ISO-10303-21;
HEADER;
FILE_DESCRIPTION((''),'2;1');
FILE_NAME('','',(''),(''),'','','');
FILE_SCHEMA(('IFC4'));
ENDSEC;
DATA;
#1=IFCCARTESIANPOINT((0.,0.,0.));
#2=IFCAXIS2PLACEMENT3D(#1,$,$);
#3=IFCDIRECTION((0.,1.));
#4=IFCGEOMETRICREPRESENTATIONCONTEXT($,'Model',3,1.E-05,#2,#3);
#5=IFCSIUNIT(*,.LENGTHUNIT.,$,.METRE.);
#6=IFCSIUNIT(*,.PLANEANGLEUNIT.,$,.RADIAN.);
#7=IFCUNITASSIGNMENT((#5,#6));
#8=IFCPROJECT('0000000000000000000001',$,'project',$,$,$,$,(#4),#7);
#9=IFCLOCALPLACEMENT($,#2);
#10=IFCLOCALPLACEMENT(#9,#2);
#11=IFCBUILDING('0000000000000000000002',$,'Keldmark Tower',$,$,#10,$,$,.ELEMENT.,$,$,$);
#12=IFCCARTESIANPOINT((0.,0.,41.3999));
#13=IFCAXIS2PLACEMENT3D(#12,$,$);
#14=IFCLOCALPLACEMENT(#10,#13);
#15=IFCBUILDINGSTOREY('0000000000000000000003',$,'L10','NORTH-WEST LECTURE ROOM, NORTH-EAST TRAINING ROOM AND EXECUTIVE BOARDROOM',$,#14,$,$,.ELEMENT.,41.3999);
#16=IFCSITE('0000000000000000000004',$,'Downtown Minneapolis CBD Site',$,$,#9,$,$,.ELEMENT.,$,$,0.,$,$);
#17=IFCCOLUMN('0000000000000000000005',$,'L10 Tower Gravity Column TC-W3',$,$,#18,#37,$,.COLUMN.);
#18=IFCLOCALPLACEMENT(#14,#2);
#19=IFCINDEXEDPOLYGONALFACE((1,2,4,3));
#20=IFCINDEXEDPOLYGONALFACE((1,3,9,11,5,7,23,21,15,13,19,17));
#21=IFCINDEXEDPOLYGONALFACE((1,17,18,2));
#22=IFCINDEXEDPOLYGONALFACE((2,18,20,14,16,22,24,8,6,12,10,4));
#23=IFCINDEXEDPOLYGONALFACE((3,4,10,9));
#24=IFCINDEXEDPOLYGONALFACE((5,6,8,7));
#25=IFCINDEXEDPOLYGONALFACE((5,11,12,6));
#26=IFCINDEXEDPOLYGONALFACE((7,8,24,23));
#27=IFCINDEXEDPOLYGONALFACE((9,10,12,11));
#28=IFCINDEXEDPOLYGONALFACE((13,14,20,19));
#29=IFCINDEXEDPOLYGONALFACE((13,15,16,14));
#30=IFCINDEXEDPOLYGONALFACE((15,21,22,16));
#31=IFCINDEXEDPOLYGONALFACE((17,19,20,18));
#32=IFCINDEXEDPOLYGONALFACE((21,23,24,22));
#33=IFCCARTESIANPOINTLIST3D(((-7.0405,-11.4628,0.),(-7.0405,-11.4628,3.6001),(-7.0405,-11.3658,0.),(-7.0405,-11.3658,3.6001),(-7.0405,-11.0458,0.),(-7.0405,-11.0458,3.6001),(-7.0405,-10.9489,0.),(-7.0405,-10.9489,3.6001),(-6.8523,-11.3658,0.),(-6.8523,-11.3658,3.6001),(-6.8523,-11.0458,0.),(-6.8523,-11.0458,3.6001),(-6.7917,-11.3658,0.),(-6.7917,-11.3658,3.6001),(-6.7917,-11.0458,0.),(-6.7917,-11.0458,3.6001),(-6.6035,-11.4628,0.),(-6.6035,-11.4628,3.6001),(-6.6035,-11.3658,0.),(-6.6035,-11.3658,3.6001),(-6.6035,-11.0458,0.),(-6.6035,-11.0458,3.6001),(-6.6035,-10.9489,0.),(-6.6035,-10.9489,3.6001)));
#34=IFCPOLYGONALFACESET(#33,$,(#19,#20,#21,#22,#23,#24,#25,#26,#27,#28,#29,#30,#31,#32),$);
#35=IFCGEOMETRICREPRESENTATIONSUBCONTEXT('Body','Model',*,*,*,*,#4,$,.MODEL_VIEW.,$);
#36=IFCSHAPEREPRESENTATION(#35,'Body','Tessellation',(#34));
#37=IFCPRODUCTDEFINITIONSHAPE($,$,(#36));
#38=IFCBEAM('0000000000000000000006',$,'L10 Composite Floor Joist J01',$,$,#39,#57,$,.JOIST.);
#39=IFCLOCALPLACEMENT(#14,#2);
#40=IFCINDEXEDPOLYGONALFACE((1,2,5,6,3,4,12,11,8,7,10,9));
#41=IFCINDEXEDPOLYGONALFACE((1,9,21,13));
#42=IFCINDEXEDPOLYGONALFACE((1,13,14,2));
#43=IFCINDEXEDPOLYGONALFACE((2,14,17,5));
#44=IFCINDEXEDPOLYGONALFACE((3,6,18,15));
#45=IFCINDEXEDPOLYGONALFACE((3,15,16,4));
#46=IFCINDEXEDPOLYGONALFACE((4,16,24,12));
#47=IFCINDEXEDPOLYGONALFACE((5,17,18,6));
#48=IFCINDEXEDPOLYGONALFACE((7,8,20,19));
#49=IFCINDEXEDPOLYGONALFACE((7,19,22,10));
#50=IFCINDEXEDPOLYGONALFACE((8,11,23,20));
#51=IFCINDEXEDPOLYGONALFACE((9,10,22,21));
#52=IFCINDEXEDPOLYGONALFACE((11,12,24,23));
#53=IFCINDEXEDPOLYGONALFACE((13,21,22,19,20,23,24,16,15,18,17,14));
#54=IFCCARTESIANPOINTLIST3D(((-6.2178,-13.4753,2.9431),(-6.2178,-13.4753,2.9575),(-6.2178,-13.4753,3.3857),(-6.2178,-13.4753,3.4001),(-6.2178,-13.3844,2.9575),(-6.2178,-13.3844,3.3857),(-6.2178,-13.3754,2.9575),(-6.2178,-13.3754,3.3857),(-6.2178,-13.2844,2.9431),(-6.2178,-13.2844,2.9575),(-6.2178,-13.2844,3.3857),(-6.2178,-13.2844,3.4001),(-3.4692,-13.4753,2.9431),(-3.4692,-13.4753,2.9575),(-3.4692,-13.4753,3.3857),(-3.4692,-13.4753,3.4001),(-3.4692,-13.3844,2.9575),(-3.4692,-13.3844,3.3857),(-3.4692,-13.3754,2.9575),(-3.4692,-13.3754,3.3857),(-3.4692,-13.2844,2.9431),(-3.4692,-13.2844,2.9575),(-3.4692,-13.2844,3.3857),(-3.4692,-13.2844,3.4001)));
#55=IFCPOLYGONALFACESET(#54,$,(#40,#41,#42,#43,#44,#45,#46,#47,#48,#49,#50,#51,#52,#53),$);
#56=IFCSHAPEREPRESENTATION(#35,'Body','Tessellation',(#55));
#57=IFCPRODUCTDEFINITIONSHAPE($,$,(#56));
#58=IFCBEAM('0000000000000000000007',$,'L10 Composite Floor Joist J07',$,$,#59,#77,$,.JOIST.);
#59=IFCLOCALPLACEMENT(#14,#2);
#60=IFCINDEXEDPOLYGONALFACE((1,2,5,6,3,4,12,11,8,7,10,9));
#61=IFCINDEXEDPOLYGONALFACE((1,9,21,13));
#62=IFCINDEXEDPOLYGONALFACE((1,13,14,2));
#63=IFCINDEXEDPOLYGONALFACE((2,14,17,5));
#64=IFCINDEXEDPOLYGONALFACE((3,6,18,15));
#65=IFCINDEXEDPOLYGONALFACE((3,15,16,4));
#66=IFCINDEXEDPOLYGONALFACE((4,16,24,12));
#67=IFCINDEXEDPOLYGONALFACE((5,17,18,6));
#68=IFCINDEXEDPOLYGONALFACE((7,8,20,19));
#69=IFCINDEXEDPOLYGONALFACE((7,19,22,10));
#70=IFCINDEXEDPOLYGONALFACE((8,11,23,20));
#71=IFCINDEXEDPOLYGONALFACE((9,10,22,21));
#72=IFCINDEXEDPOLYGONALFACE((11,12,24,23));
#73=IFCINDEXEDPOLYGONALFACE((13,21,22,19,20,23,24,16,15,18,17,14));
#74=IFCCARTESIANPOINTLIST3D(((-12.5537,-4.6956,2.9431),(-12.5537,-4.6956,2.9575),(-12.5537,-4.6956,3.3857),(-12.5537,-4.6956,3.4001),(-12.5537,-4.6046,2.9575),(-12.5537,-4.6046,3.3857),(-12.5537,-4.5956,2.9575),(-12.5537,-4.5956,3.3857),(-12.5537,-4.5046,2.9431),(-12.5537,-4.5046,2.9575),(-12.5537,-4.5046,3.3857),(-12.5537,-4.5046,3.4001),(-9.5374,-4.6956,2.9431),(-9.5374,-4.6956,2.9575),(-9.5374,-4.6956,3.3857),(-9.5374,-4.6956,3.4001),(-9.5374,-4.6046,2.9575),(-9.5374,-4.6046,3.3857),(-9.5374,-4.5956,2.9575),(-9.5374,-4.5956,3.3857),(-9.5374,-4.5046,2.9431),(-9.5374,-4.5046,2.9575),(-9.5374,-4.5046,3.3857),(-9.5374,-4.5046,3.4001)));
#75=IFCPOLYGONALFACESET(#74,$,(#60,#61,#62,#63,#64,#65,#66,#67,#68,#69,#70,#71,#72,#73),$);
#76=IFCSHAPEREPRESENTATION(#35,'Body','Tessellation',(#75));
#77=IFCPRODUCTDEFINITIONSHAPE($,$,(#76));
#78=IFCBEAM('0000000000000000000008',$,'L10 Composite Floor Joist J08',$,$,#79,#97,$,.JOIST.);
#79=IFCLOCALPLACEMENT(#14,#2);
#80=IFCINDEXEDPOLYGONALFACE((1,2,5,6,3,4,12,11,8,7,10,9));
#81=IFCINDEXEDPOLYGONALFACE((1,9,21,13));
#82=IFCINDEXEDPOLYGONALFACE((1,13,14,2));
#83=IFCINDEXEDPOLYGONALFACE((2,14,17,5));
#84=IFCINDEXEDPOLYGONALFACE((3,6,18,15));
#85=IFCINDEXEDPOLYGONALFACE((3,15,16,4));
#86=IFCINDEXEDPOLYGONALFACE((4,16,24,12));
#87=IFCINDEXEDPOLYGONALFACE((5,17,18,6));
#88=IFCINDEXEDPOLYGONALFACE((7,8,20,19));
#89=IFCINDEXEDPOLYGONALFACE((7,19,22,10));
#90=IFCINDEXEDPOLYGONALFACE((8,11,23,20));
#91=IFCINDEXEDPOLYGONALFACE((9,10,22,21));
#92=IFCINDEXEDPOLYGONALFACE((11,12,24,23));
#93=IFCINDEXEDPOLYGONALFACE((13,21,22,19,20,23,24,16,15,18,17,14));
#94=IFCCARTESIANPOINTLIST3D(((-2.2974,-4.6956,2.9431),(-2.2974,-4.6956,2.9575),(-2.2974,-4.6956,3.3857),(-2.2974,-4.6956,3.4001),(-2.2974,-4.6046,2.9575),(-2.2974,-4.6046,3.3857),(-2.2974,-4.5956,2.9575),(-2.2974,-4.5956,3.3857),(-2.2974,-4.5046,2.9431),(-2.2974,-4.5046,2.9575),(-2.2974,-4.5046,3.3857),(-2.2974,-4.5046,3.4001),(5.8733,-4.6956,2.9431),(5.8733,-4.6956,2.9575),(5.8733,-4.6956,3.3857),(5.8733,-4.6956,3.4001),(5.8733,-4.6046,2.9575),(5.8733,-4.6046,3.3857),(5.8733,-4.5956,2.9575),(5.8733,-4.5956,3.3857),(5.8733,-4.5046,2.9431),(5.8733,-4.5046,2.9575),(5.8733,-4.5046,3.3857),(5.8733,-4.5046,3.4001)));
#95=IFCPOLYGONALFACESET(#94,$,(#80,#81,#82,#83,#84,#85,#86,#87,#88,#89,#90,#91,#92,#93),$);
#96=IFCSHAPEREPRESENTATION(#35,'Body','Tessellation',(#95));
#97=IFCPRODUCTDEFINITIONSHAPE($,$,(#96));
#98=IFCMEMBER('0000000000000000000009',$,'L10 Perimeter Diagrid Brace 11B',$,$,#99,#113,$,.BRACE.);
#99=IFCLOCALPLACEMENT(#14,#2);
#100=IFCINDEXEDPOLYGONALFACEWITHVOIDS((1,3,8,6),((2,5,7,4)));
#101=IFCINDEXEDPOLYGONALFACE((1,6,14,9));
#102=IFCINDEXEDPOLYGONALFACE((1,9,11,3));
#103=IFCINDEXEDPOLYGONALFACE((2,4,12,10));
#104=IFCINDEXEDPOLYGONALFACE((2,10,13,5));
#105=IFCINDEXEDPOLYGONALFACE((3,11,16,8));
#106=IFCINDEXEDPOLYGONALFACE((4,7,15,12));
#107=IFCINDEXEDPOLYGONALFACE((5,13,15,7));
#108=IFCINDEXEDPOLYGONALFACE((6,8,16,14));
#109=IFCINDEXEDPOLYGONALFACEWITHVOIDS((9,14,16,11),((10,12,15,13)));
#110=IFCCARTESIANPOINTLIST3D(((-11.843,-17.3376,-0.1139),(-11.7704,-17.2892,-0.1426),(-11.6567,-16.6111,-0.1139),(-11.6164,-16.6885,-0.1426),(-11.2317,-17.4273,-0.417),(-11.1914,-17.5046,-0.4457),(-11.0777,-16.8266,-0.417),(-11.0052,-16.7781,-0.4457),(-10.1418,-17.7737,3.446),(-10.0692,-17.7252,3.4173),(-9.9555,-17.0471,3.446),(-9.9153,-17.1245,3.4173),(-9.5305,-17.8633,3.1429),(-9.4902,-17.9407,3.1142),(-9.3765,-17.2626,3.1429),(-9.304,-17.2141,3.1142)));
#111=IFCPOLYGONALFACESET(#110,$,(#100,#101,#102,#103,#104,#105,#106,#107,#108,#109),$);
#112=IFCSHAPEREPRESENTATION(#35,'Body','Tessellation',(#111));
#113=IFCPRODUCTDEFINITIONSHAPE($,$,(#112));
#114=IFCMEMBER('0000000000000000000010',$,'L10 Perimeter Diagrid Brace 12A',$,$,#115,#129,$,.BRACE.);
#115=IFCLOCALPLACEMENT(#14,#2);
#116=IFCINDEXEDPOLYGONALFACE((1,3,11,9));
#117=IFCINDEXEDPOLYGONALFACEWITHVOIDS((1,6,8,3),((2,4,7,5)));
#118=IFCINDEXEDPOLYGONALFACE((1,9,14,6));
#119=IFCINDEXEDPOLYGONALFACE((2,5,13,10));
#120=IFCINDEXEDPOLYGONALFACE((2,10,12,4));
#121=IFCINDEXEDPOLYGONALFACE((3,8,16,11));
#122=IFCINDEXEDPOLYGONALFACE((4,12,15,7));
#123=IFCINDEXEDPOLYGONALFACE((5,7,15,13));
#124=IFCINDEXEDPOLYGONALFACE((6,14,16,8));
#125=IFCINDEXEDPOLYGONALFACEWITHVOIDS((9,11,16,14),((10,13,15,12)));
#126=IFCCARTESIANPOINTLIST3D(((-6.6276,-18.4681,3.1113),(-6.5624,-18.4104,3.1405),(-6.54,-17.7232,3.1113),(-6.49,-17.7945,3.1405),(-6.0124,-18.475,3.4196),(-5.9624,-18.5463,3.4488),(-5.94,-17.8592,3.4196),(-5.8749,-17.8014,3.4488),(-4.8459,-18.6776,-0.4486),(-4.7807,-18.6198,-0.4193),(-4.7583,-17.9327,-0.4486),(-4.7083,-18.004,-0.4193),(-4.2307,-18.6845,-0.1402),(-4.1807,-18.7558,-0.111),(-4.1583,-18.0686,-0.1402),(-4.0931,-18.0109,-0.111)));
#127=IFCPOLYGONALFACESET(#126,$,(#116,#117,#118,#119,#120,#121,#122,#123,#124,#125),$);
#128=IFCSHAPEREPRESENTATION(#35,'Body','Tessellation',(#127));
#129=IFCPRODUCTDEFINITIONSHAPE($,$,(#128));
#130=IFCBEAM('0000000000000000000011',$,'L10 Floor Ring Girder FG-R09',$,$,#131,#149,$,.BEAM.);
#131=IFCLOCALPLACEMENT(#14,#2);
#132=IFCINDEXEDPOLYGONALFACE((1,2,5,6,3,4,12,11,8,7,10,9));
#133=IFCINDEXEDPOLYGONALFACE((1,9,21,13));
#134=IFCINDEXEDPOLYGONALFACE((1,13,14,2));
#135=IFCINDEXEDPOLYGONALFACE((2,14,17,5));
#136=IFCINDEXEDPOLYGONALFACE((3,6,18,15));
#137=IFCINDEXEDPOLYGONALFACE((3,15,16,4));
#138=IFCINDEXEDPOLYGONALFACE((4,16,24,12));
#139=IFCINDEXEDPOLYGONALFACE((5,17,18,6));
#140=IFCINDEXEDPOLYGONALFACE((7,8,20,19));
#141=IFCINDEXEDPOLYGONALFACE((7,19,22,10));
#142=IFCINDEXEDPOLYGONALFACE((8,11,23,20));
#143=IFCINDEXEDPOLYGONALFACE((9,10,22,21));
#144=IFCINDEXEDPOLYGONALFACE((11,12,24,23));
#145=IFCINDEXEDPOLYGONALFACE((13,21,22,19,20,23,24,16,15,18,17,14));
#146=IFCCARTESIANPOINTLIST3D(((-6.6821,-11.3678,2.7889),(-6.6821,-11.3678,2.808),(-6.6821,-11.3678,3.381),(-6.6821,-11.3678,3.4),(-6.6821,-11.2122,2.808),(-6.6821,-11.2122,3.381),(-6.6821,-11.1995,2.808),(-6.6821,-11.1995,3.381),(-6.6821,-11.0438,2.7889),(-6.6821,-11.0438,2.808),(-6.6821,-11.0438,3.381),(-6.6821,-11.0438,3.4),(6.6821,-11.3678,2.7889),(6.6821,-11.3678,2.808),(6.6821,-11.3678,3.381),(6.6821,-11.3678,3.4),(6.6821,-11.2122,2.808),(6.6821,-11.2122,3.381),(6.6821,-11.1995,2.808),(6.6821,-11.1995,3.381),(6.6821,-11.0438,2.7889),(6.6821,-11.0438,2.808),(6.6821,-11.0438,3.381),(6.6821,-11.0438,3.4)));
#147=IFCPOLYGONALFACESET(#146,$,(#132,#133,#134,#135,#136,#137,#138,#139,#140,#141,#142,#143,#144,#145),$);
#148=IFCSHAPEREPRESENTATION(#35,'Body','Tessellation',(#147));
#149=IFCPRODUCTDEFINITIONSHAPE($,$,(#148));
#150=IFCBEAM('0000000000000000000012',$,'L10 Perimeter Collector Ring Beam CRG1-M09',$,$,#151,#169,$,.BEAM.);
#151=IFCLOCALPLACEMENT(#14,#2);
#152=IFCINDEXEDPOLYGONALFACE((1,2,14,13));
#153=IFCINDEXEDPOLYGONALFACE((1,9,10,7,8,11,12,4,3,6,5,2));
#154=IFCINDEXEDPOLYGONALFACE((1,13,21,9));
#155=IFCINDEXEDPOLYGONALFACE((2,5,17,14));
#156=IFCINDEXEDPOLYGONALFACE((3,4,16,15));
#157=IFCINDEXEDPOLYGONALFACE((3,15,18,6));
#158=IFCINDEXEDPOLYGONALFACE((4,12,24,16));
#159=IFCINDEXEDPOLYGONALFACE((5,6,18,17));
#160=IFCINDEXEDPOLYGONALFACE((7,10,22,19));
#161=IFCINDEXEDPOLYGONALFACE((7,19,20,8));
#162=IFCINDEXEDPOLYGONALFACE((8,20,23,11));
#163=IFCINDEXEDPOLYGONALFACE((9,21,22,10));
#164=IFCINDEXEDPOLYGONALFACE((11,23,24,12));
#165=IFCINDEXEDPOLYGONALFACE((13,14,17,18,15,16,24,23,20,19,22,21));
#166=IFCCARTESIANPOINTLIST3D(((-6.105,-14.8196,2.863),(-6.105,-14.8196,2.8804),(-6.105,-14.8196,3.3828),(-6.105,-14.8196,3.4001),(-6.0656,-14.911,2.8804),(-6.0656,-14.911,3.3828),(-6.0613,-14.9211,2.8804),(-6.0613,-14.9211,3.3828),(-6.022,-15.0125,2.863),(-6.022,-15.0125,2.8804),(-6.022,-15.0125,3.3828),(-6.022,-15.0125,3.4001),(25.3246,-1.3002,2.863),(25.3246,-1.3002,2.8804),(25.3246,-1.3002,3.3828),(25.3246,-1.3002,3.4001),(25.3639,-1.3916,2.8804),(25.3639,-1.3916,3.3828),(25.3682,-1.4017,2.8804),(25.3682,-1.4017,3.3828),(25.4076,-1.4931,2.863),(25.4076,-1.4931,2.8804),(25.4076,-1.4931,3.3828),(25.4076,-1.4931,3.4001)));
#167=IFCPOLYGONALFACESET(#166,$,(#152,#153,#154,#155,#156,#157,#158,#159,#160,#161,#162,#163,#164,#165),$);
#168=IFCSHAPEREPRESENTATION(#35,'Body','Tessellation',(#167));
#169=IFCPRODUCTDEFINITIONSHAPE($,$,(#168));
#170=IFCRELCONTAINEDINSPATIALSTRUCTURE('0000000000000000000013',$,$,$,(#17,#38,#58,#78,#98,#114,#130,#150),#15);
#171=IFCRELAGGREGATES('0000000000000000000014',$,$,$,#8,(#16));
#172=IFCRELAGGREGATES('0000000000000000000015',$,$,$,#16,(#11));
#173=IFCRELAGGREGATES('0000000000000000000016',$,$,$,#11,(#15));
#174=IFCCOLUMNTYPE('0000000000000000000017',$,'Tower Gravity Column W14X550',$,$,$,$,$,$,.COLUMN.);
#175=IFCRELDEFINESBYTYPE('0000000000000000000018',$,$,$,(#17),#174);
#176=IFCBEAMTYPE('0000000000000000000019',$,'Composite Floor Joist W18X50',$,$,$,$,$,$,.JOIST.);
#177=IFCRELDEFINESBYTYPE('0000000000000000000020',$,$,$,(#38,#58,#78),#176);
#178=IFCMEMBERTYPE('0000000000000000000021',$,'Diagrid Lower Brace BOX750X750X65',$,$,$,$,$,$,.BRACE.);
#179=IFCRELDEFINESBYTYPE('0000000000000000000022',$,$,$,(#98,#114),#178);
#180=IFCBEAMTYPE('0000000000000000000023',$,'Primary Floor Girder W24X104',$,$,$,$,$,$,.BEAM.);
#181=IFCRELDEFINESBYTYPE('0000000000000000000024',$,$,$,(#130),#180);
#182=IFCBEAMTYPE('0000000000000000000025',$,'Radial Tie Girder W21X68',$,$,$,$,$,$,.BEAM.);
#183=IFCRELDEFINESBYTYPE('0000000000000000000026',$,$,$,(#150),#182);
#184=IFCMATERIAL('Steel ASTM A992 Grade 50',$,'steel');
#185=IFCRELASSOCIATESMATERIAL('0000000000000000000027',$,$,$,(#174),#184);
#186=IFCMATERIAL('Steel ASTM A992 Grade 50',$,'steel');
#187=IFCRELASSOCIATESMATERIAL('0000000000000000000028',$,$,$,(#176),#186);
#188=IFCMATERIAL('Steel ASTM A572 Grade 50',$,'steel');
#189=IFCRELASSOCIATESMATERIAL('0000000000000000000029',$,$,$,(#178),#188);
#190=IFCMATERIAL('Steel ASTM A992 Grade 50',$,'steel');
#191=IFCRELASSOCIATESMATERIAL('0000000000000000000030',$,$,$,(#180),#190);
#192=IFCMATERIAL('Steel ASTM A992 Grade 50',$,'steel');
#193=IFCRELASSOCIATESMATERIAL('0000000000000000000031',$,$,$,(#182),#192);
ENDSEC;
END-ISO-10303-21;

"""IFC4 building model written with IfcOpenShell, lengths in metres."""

from ifc_helpers import new_model, si_unit, direction, frame, origin, origin_2d, place, context, subcontext, project, spatial, hollow_rectangle, i_section, extrude, material, material_profile, profile_set, type_object, element, save


model = new_model("IFC4")

# Units and contexts
model_context = context("Model", 3, precision=1e-05, world=origin(), true_north=direction((0.0, 1.0)))
body_context = subcontext(model_context, "Body", "Model", "MODEL_VIEW")
ifc_project = project(units=[si_unit("LENGTHUNIT", "METRE"), si_unit("PLANEANGLEUNIT", "RADIAN")], contexts=[model_context])

# Site, building, storey
site_placement = place(None, origin())
site = spatial("IfcSite", under=ifc_project, at=site_placement, Name="Downtown Minneapolis CBD Site", CompositionType="ELEMENT", RefElevation=0.0)
building_placement = place(site_placement, origin())
building = spatial("IfcBuilding", under=site, at=building_placement, Name="Keldmark Tower", CompositionType="ELEMENT")
storey_placement = place(building_placement, frame((0.0, 0.0, 41.3999)))
storey = spatial("IfcBuildingStorey", under=building, at=storey_placement, Name="L10", Description="NORTH-WEST LECTURE ROOM, NORTH-EAST TRAINING ROOM AND EXECUTIVE BOARDROOM", CompositionType="ELEMENT", Elevation=41.3999)

# Column
ifc_material_1 = material(Name="Steel ASTM A992 Grade 50", Category="steel")
ifc_material_profile_1 = material_profile(ifc_material_1, i_section(OverallWidth=0.437, OverallDepth=0.5139, WebThickness=0.0605, FlangeThickness=0.0969, at=origin_2d()), Name="W14X550")
ifc_profile_set_1 = profile_set([ifc_material_profile_1], Name="Steel ASTM A992 Grade 50")
column_type = type_object("IfcColumnType", Name="Tower Gravity Column W14X550", PredefinedType="COLUMN", material=ifc_profile_set_1)
column_placement = place(storey_placement, frame((-6.822, -11.2058, 0.0), z_axis=(0.0, 0.0, 1.0), x_axis=(1.0, 0.0, 0.0)))
element("IfcColumn", 1, at=column_placement, inside=storey, type_object=column_type, Name="L10 Tower Gravity Column TC-W3", PredefinedType="COLUMN", context=body_context, shape_type="SweptSolid", body=[
    extrude(i_section(OverallWidth=0.437, OverallDepth=0.5139, WebThickness=0.0605, FlangeThickness=0.0969, at=origin_2d()), origin(), (0.0, 0.0, 1.0), 3.6001),
])

# Beams
ifc_material_2 = material(Name="Steel ASTM A992 Grade 50", Category="steel")
ifc_material_profile_2 = material_profile(ifc_material_2, i_section(OverallWidth=0.1909, OverallDepth=0.457, WebThickness=0.009, FlangeThickness=0.0144, at=origin_2d()), Name="W18X50")
ifc_profile_set_2 = profile_set([ifc_material_profile_2], Name="Steel ASTM A992 Grade 50")
beam_type_1 = type_object("IfcBeamType", Name="Composite Floor Joist W18X50", PredefinedType="JOIST", material=ifc_profile_set_2)
beam_1_placement = place(storey_placement, frame((-6.2178, -13.3799, 3.1716), z_axis=(1.0, 0.0, 0.0), x_axis=(0.0, 1.0, 0.0)))
element("IfcBeam", 2, at=beam_1_placement, inside=storey, type_object=beam_type_1, Name="L10 Composite Floor Joist J01", PredefinedType="JOIST", context=body_context, shape_type="SweptSolid", body=[
    extrude(i_section(OverallWidth=0.1909, OverallDepth=0.457, WebThickness=0.009, FlangeThickness=0.0144, at=origin_2d()), origin(), (0.0, 0.0, 1.0), 2.7485),
])
beam_2_placement = place(storey_placement, frame((-12.5537, -4.6001, 3.1716), z_axis=(1.0, 0.0, 0.0), x_axis=(0.0, 1.0, 0.0)))
element("IfcBeam", 3, at=beam_2_placement, inside=storey, type_object=beam_type_1, Name="L10 Composite Floor Joist J07", PredefinedType="JOIST", context=body_context, shape_type="SweptSolid", body=[
    extrude(i_section(OverallWidth=0.1909, OverallDepth=0.457, WebThickness=0.009, FlangeThickness=0.0144, at=origin_2d()), origin(), (0.0, 0.0, 1.0), 3.0164),
])
beam_3_placement = place(storey_placement, frame((-2.2974, -4.6001, 3.1716), z_axis=(1.0, 0.0, 0.0), x_axis=(0.0, 1.0, 0.0)))
element("IfcBeam", 4, at=beam_3_placement, inside=storey, type_object=beam_type_1, Name="L10 Composite Floor Joist J08", PredefinedType="JOIST", context=body_context, shape_type="SweptSolid", body=[
    extrude(i_section(OverallWidth=0.1909, OverallDepth=0.457, WebThickness=0.009, FlangeThickness=0.0144, at=origin_2d()), origin(), (0.0, 0.0, 1.0), 8.1707),
])

# Members
ifc_material_3 = material(Name="Steel ASTM A572 Grade 50", Category="steel")
ifc_material_profile_3 = material_profile(ifc_material_3, hollow_rectangle(XDim=0.75, YDim=0.75, WallThickness=0.0649, at=origin_2d()), Name="BOX750X750X65")
ifc_profile_set_3 = profile_set([ifc_material_profile_3], Name="Steel ASTM A572 Grade 50")
member_type = type_object("IfcMemberType", Name="Diagrid Lower Brace BOX750X750X65", PredefinedType="BRACE", material=ifc_profile_set_3)
member_1_placement = place(storey_placement, frame((-11.4241, -17.0579, -0.2798), z_axis=(0.428568, -0.109848, 0.896807), x_axis=(0.248288, 0.968686, 0.0)))
element("IfcMember", 5, at=member_1_placement, inside=storey, type_object=member_type, Name="L10 Perimeter Diagrid Brace 11B", PredefinedType="BRACE", context=body_context, shape_type="SweptSolid", body=[
    extrude(hollow_rectangle(XDim=0.75, YDim=0.75, WallThickness=0.0649, at=origin_2d()), origin(), (0.0, 0.0, 1.0), 3.9695),
])
member_2_placement = place(storey_placement, frame((-4.4695, -18.3442, -0.2798), z_axis=(-0.446963, 0.052548, 0.893008), x_axis=(-0.116762, -0.99316, 0.0)))
element("IfcMember", 6, at=member_2_placement, inside=storey, type_object=member_type, Name="L10 Perimeter Diagrid Brace 12A", PredefinedType="BRACE", context=body_context, shape_type="SweptSolid", body=[
    extrude(hollow_rectangle(XDim=0.75, YDim=0.75, WallThickness=0.0649, at=origin_2d()), origin(), (0.0, 0.0, 1.0), 3.9863),
])

# Beams
ifc_material_4 = material(Name="Steel ASTM A992 Grade 50", Category="steel")
ifc_material_profile_4 = material_profile(ifc_material_4, i_section(OverallWidth=0.324, OverallDepth=0.6111, WebThickness=0.0127, FlangeThickness=0.019, at=origin_2d()), Name="W24X104")
ifc_profile_set_4 = profile_set([ifc_material_profile_4], Name="Steel ASTM A992 Grade 50")
beam_type_2 = type_object("IfcBeamType", Name="Primary Floor Girder W24X104", PredefinedType="BEAM", material=ifc_profile_set_4)
beam_4_placement = place(storey_placement, frame((-6.6821, -11.2058, 3.0945), z_axis=(1.0, 0.0, 0.0), x_axis=(0.0, 1.0, 0.0)))
element("IfcBeam", 7, at=beam_4_placement, inside=storey, type_object=beam_type_2, Name="L10 Floor Ring Girder FG-R09", PredefinedType="BEAM", context=body_context, shape_type="SweptSolid", body=[
    extrude(i_section(OverallWidth=0.324, OverallDepth=0.6111, WebThickness=0.0127, FlangeThickness=0.019, at=origin_2d()), origin(), (0.0, 0.0, 1.0), 13.3643),
])
ifc_material_5 = material(Name="Steel ASTM A992 Grade 50", Category="steel")
ifc_material_profile_5 = material_profile(ifc_material_5, i_section(OverallWidth=0.21, OverallDepth=0.5371, WebThickness=0.011, FlangeThickness=0.0173, at=origin_2d()), Name="W21X68")
ifc_profile_set_5 = profile_set([ifc_material_profile_5], Name="Steel ASTM A992 Grade 50")
beam_type_3 = type_object("IfcBeamType", Name="Radial Tie Girder W21X68", PredefinedType="BEAM", material=ifc_profile_set_5)
beam_5_placement = place(storey_placement, frame((-6.0635, -14.916, 3.1316), z_axis=(0.91862, 0.395142, 0.0), x_axis=(-0.395142, 0.91862, 0.0)))
element("IfcBeam", 8, at=beam_5_placement, inside=storey, type_object=beam_type_3, Name="L10 Perimeter Collector Ring Beam CRG1-M09", PredefinedType="BEAM", context=body_context, shape_type="SweptSolid", body=[
    extrude(i_section(OverallWidth=0.21, OverallDepth=0.5371, WebThickness=0.011, FlangeThickness=0.0173, at=origin_2d()), origin(), (0.0, 0.0, 1.0), 34.2139),
])

save(model, "model.ifc")
